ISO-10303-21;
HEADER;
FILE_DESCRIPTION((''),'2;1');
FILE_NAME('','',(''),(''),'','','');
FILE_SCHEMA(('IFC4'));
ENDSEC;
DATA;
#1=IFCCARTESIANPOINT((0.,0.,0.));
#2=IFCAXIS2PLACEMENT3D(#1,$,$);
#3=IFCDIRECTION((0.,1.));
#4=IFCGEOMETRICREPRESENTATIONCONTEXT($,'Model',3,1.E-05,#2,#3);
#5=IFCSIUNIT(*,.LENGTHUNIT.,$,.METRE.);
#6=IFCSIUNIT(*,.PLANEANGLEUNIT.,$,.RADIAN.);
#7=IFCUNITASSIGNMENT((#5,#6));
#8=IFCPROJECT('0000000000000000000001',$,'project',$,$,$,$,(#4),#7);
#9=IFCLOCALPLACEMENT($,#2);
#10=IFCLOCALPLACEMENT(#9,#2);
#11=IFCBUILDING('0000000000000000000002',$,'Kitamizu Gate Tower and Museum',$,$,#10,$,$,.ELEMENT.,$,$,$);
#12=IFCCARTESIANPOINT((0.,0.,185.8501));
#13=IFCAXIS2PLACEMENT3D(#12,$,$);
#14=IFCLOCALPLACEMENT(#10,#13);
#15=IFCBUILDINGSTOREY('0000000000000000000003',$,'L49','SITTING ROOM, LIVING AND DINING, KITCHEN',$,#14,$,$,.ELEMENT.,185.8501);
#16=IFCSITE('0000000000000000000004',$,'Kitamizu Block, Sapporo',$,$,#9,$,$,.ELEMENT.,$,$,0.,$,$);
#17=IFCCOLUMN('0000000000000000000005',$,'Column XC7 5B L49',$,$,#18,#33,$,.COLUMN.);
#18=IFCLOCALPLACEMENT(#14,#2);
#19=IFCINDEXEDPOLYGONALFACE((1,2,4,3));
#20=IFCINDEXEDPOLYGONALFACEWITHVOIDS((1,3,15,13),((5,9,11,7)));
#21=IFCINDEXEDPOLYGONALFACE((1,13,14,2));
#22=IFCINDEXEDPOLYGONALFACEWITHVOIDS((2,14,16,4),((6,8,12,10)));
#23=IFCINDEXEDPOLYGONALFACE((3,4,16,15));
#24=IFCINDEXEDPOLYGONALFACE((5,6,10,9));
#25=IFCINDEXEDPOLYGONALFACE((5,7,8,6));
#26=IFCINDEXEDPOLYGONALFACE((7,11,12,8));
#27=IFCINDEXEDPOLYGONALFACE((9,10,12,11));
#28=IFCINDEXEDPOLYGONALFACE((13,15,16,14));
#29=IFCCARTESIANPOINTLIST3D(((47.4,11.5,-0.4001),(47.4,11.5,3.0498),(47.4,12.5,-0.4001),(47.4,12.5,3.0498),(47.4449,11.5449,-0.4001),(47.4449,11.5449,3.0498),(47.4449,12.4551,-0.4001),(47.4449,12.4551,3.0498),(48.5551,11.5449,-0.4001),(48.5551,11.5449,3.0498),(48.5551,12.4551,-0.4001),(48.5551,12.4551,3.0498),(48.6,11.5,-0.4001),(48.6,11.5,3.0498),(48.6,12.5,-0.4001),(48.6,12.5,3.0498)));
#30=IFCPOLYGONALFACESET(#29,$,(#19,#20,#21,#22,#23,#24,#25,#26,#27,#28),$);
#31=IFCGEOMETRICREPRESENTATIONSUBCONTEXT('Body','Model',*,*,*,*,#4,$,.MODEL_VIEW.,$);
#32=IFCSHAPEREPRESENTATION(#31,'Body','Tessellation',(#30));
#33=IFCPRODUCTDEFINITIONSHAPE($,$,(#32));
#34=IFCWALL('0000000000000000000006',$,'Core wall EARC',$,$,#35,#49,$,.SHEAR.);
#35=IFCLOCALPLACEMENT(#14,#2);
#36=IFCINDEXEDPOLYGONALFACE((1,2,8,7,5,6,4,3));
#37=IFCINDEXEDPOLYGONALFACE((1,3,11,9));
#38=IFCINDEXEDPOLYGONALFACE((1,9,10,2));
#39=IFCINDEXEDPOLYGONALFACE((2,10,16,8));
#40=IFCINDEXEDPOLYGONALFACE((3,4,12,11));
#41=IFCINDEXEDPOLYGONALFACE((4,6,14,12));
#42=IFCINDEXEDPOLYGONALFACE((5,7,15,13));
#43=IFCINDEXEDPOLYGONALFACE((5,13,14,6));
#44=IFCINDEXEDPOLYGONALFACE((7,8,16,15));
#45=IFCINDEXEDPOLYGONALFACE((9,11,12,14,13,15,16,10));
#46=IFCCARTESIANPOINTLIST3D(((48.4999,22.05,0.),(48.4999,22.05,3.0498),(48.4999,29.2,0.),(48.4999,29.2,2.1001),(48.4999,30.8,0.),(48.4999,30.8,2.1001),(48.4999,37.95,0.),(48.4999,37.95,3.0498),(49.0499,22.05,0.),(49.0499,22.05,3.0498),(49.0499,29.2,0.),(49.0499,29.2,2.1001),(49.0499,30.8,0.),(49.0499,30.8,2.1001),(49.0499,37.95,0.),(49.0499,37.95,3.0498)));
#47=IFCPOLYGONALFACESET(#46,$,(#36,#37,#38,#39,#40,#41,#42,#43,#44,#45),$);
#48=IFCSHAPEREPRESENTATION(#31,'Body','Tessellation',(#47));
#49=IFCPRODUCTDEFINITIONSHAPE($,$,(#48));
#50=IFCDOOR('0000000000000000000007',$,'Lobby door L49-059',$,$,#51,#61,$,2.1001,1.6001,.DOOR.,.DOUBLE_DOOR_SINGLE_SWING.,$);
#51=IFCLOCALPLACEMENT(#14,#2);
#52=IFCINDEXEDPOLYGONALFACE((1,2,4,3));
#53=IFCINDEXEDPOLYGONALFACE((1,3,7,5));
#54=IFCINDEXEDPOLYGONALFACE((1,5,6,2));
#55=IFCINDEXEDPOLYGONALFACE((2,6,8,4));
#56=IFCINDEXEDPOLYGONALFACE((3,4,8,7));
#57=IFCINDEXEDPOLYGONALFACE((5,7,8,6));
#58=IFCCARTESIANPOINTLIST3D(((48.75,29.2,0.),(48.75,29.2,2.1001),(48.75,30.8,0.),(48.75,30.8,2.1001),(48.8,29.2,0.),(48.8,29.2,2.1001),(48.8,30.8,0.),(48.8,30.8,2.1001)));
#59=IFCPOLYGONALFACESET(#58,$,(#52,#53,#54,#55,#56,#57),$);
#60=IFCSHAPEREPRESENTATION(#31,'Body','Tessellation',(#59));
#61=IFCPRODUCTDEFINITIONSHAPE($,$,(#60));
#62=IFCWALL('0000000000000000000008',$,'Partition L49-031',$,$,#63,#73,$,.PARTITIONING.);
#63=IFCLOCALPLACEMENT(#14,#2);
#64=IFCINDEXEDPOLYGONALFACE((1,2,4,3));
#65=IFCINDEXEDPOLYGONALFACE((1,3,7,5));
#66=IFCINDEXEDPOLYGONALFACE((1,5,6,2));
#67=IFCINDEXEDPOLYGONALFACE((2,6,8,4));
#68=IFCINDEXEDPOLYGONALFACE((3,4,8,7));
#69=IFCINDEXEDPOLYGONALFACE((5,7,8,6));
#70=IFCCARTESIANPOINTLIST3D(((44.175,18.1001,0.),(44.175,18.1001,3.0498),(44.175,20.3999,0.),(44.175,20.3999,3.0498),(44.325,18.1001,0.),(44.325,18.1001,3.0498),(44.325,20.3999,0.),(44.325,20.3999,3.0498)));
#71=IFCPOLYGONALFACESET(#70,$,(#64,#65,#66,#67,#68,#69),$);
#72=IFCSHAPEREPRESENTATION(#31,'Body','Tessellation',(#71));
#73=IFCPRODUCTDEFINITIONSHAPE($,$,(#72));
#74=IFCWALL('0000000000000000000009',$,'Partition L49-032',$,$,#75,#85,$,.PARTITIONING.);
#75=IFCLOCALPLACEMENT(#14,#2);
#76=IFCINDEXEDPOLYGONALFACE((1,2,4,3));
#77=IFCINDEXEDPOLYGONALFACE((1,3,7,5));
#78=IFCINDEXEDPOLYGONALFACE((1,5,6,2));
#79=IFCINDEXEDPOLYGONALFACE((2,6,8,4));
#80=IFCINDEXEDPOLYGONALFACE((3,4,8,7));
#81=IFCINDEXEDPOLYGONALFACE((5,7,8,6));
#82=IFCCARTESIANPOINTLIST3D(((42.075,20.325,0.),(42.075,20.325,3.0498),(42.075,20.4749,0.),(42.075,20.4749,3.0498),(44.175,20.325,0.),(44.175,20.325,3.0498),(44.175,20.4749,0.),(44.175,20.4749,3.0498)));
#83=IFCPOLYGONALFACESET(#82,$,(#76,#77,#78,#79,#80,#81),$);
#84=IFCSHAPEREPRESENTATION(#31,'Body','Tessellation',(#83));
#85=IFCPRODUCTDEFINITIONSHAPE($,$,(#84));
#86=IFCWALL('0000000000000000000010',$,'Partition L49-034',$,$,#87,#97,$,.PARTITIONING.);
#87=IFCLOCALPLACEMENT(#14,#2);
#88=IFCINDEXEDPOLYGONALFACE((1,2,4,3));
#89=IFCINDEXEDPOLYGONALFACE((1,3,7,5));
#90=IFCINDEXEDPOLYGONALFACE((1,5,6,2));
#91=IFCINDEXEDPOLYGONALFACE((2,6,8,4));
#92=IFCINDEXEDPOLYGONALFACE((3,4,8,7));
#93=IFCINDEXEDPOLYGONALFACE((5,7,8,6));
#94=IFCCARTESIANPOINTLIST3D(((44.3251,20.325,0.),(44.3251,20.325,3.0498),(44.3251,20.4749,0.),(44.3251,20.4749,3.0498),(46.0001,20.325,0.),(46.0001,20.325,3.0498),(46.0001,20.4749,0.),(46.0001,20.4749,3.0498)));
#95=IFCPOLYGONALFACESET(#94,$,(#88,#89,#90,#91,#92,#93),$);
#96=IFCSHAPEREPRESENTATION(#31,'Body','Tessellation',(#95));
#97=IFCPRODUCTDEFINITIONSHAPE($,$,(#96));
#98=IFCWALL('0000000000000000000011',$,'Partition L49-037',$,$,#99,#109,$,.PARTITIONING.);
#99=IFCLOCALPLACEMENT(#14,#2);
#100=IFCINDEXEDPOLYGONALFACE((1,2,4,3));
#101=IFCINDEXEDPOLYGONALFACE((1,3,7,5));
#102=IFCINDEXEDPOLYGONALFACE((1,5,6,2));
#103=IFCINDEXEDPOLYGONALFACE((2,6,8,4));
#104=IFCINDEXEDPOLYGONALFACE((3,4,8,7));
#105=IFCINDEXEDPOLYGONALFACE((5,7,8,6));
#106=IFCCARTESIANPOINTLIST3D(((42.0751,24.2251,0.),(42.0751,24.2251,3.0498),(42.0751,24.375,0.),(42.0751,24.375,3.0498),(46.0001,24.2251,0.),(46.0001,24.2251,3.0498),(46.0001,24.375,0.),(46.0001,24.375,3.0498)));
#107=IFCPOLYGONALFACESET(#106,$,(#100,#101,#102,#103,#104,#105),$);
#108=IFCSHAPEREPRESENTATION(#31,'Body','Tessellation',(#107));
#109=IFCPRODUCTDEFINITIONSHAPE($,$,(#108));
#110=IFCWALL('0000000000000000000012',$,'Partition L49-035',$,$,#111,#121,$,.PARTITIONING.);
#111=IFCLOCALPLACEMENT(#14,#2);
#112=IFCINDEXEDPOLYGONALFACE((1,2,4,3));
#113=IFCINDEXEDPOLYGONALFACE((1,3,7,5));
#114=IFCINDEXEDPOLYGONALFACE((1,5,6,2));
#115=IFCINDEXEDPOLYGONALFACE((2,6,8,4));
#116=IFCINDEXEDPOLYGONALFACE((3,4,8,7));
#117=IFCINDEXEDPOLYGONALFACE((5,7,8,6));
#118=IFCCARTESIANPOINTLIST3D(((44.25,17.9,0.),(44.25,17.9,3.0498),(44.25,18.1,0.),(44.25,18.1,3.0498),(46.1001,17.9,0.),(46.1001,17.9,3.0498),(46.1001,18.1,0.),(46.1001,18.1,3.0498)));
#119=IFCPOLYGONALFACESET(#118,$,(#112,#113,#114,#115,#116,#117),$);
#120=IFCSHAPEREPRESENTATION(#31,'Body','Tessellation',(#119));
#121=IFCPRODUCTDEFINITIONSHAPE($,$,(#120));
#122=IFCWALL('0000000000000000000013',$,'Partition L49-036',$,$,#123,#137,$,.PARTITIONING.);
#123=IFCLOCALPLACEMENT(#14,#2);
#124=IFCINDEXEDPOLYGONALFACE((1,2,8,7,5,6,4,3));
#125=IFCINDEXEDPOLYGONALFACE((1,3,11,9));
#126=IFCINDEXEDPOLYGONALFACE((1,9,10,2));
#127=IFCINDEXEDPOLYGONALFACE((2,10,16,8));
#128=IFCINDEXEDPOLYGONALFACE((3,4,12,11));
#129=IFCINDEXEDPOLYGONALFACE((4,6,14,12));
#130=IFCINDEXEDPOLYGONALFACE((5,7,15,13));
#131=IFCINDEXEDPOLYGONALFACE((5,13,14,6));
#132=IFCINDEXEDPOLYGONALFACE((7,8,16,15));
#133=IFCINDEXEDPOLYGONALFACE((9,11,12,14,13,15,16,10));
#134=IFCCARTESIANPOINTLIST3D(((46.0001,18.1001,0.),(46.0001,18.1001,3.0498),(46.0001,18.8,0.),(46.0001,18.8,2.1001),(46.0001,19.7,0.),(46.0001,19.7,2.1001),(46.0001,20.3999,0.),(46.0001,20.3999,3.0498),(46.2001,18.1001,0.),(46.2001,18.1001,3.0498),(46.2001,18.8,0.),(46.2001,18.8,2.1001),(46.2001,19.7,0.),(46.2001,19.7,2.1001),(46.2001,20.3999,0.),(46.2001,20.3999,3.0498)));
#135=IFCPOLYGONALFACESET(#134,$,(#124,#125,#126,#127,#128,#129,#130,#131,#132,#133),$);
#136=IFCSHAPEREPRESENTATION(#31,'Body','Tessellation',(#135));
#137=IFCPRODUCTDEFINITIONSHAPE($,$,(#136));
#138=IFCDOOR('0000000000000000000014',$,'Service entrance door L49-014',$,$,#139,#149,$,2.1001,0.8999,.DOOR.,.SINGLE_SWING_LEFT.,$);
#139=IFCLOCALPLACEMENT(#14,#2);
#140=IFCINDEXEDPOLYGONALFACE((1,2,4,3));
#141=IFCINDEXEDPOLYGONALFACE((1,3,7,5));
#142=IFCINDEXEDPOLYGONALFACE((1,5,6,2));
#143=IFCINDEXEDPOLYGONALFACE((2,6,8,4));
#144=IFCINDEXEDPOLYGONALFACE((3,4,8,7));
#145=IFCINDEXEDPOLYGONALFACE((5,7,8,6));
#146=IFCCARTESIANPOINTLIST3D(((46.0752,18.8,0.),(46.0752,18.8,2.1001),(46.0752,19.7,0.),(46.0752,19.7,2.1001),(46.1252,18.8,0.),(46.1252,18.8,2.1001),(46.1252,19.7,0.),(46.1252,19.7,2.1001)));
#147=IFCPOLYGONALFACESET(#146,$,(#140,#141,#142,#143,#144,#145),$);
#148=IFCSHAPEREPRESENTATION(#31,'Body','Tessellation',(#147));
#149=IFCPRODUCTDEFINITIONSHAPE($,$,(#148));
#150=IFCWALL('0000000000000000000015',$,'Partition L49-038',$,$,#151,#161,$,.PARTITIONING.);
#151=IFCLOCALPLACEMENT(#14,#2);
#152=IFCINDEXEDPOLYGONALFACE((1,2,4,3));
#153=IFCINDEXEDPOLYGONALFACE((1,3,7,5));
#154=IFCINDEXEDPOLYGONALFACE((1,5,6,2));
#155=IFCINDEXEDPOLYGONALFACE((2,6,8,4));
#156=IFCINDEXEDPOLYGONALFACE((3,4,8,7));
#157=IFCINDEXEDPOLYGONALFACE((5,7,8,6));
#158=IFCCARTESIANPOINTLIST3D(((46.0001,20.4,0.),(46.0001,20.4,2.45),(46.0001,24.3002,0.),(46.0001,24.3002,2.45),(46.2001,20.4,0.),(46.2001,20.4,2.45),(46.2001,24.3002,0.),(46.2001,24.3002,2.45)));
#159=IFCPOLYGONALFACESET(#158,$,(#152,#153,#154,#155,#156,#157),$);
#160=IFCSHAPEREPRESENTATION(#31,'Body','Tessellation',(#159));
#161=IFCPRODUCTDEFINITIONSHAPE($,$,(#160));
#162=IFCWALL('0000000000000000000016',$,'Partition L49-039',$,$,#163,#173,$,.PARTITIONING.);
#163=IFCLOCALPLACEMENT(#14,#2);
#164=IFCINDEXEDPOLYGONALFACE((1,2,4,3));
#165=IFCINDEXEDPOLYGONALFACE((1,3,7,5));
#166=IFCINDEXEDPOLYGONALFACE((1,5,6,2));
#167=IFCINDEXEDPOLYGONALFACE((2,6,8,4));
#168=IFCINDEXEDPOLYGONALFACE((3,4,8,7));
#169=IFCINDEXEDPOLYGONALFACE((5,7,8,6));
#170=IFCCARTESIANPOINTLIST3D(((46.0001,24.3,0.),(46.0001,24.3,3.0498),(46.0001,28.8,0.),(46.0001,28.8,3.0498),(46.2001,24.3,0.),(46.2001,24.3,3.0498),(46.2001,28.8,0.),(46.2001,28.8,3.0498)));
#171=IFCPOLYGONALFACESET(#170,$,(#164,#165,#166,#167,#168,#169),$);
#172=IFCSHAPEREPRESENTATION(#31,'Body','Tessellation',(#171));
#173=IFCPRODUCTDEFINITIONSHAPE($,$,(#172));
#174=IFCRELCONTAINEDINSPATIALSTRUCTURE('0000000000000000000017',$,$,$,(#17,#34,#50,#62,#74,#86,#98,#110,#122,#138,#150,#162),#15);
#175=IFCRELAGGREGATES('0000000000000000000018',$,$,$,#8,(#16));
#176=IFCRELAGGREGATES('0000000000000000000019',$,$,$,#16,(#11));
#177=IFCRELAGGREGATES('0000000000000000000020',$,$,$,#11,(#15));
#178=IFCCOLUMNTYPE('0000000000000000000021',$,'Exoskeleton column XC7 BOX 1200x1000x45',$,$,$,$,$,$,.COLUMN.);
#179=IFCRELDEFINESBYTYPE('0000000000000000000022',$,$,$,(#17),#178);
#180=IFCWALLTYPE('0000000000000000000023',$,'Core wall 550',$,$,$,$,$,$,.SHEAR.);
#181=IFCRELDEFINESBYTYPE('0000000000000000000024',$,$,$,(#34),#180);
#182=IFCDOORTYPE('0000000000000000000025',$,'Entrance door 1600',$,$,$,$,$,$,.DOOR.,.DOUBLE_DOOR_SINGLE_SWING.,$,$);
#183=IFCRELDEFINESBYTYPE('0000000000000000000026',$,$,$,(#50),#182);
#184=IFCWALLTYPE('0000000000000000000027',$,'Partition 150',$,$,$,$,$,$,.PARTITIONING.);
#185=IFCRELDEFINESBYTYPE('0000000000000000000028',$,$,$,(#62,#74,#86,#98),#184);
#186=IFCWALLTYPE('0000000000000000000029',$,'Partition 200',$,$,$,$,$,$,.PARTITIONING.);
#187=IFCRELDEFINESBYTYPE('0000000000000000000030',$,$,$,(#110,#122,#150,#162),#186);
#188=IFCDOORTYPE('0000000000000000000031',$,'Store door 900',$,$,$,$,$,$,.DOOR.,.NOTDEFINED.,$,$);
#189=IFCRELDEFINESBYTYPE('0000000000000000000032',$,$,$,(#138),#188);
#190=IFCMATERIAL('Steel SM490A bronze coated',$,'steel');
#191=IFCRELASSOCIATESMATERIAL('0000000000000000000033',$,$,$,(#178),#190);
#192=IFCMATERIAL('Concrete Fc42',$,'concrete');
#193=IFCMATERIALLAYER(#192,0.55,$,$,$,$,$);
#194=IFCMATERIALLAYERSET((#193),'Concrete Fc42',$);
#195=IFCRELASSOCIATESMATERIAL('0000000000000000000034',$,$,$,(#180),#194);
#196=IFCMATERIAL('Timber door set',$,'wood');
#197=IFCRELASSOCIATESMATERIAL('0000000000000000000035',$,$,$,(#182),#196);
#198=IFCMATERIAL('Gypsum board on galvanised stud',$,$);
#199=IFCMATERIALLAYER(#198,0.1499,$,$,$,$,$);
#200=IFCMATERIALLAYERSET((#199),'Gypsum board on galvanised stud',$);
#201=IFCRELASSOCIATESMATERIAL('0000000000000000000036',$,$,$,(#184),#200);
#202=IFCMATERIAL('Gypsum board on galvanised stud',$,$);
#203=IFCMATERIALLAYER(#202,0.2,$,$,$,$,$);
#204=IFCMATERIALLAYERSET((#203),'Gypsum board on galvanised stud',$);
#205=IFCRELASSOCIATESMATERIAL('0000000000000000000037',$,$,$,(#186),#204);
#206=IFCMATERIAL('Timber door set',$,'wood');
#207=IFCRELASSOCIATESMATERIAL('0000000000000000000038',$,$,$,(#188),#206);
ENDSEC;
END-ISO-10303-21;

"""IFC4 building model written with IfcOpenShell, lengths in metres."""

from ifc_helpers import new_model, si_unit, direction, frame, frame_2d, origin, origin_2d, place, context, subcontext, project, spatial, rectangle, hollow_rectangle, extrude, material, layer, layer_set, material_profile, profile_set, type_object, element, fill, save


model = new_model("IFC4")

# Units and contexts
model_context = context("Model", 3, precision=1e-05, world=origin(), true_north=direction((0.0, 1.0)))
body_context = subcontext(model_context, "Body", "Model", "MODEL_VIEW")
ifc_project = project(units=[si_unit("LENGTHUNIT", "METRE"), si_unit("PLANEANGLEUNIT", "RADIAN")], contexts=[model_context])

# Site, building, storey
site_placement = place(None, origin())
site = spatial("IfcSite", under=ifc_project, at=site_placement, Name="Kitamizu Block, Sapporo", CompositionType="ELEMENT", RefElevation=0.0)
building_placement = place(site_placement, origin())
building = spatial("IfcBuilding", under=site, at=building_placement, Name="Kitamizu Gate Tower and Museum", CompositionType="ELEMENT")
storey_placement = place(building_placement, frame((0.0, 0.0, 185.8501)))
storey = spatial("IfcBuildingStorey", under=building, at=storey_placement, Name="L49", Description="SITTING ROOM, LIVING AND DINING, KITCHEN", CompositionType="ELEMENT", Elevation=185.8501)

# Column
ifc_material_1 = material(Name="Steel SM490A bronze coated", Category="steel")
ifc_material_profile = material_profile(ifc_material_1, hollow_rectangle(XDim=1.2, YDim=1.0, WallThickness=0.0449, at=origin_2d()), Name="BOX 1200x1000x45")
ifc_profile_set = profile_set([ifc_material_profile], Name="Steel SM490A bronze coated")
column_type = type_object("IfcColumnType", Name="Exoskeleton column XC7 BOX 1200x1000x45", PredefinedType="COLUMN", material=ifc_profile_set)
column_placement = place(storey_placement, frame((48.0, 12.0, -0.4001), z_axis=(0.0, 0.0, 1.0), x_axis=(1.0, 0.0, 0.0)))
element("IfcColumn", 1, at=column_placement, inside=storey, type_object=column_type, Name="Column XC7 5B L49", PredefinedType="COLUMN", context=body_context, shape_type="SweptSolid", body=[
    extrude(hollow_rectangle(XDim=1.2, YDim=1.0, WallThickness=0.0449, at=origin_2d()), origin(), (0.0, 0.0, 1.0), 3.45),
])

# Wall, opening, door
ifc_material_2 = material(Name="Concrete Fc42", Category="concrete")
ifc_layer_1 = layer(ifc_material_2, 0.55)
ifc_layer_set_1 = layer_set([ifc_layer_1], Name="Concrete Fc42")
wall_type_1 = type_object("IfcWallType", Name="Core wall 550", PredefinedType="SHEAR", material=ifc_layer_set_1)
wall_1_placement = place(storey_placement, frame((48.7749, 22.05, 0.0), z_axis=(0.0, 0.0, 1.0), x_axis=(0.0, 1.0, 0.0)))
wall_1 = element("IfcWall", 2, at=wall_1_placement, inside=storey, type_object=wall_type_1, Name="Core wall EARC", PredefinedType="SHEAR", context=body_context, shape_type="SweptSolid", body=[
    extrude(rectangle(XDim=15.8999, YDim=0.55, at=frame_2d((7.95, 0.0))), origin(), (0.0, 0.0, 1.0), 3.0498),
])
opening_1_placement = place(wall_1_placement, frame((7.1499, 0.0, 0.0)))
opening_1 = element("IfcOpeningElement", 3, at=opening_1_placement, cuts=wall_1, PredefinedType="OPENING", context=body_context, shape_type="SweptSolid", body=[
    extrude(rectangle(XDim=1.6001, YDim=2.1001, at=frame_2d((0.8, 1.05))), frame((0.0, 0.2852, 0.0), z_axis=(0.0, -1.0, 0.0), x_axis=(1.0, 0.0, 0.0)), (0.0, 0.0, 1.0), 0.5701),
])
ifc_material_3 = material(Name="Timber door set", Category="wood")
door_type_1 = type_object("IfcDoorType", Name="Entrance door 1600", OperationType="DOUBLE_DOOR_SINGLE_SWING", PredefinedType="DOOR", material=ifc_material_3)
door_1_placement = place(opening_1_placement, origin())
door_1 = element("IfcDoor", 4, at=door_1_placement, inside=storey, type_object=door_type_1, Name="Lobby door L49-059", OperationType="DOUBLE_DOOR_SINGLE_SWING", OverallHeight=2.1001, OverallWidth=1.6001, PredefinedType="DOOR", context=body_context, shape_type="SweptSolid", body=[
    extrude(rectangle(XDim=1.6001, YDim=2.1001, at=frame_2d((0.8, 1.05))), frame((0.0, 0.0249, 0.0), z_axis=(0.0, -1.0, 0.0), x_axis=(1.0, 0.0, 0.0)), (0.0, 0.0, 1.0), 0.05),
])
fill(opening_1, door_1)

# Walls
ifc_material_4 = material(Name="Gypsum board on galvanised stud")
ifc_layer_2 = layer(ifc_material_4, 0.1499)
ifc_layer_set_2 = layer_set([ifc_layer_2], Name="Gypsum board on galvanised stud")
wall_type_2 = type_object("IfcWallType", Name="Partition 150", PredefinedType="PARTITIONING", material=ifc_layer_set_2)
wall_2_placement = place(storey_placement, frame((44.25, 18.1001, 0.0), z_axis=(0.0, 0.0, 1.0), x_axis=(0.0, 1.0, 0.0)))
element("IfcWall", 5, at=wall_2_placement, inside=storey, type_object=wall_type_2, Name="Partition L49-031", PredefinedType="PARTITIONING", context=body_context, shape_type="SweptSolid", body=[
    extrude(rectangle(XDim=2.2998, YDim=0.1499, at=frame_2d((1.1499, 0.0))), origin(), (0.0, 0.0, 1.0), 3.0498),
])
wall_3_placement = place(storey_placement, frame((44.175, 20.3999, 0.0), z_axis=(0.0, 0.0, 1.0), x_axis=(-1.0, 0.0, 0.0)))
element("IfcWall", 6, at=wall_3_placement, inside=storey, type_object=wall_type_2, Name="Partition L49-032", PredefinedType="PARTITIONING", context=body_context, shape_type="SweptSolid", body=[
    extrude(rectangle(XDim=2.1001, YDim=0.1499, at=frame_2d((1.05, 0.0))), origin(), (0.0, 0.0, 1.0), 3.0498),
])
wall_4_placement = place(storey_placement, frame((46.0, 20.3999, 0.0), z_axis=(0.0, 0.0, 1.0), x_axis=(-1.0, 0.0, 0.0)))
element("IfcWall", 7, at=wall_4_placement, inside=storey, type_object=wall_type_2, Name="Partition L49-034", PredefinedType="PARTITIONING", context=body_context, shape_type="SweptSolid", body=[
    extrude(rectangle(XDim=1.675, YDim=0.1499, at=frame_2d((0.8374, 0.0))), origin(), (0.0, 0.0, 1.0), 3.0498),
])
wall_5_placement = place(storey_placement, frame((46.0, 24.3, 0.0), z_axis=(0.0, 0.0, 1.0), x_axis=(-1.0, 0.0, 0.0)))
element("IfcWall", 8, at=wall_5_placement, inside=storey, type_object=wall_type_2, Name="Partition L49-037", PredefinedType="PARTITIONING", context=body_context, shape_type="SweptSolid", body=[
    extrude(rectangle(XDim=3.925, YDim=0.1499, at=frame_2d((1.9624, 0.0))), origin(), (0.0, 0.0, 1.0), 3.0498),
])
ifc_material_5 = material(Name="Gypsum board on galvanised stud")
ifc_layer_3 = layer(ifc_material_5, 0.2)
ifc_layer_set_3 = layer_set([ifc_layer_3], Name="Gypsum board on galvanised stud")
wall_type_3 = type_object("IfcWallType", Name="Partition 200", PredefinedType="PARTITIONING", material=ifc_layer_set_3)
wall_6_placement = place(storey_placement, frame((44.25, 18.0, 0.0), z_axis=(0.0, 0.0, 1.0), x_axis=(1.0, 0.0, 0.0)))
element("IfcWall", 9, at=wall_6_placement, inside=storey, type_object=wall_type_3, Name="Partition L49-035", PredefinedType="PARTITIONING", context=body_context, shape_type="SweptSolid", body=[
    extrude(rectangle(XDim=1.8501, YDim=0.2, at=frame_2d((0.925, 0.0))), origin(), (0.0, 0.0, 1.0), 3.0498),
])

# Wall, opening, door
wall_7_placement = place(storey_placement, frame((46.1001, 18.1001, 0.0), z_axis=(0.0, 0.0, 1.0), x_axis=(0.0, 1.0, 0.0)))
wall_7 = element("IfcWall", 10, at=wall_7_placement, inside=storey, type_object=wall_type_3, Name="Partition L49-036", PredefinedType="PARTITIONING", context=body_context, shape_type="SweptSolid", body=[
    extrude(rectangle(XDim=2.2998, YDim=0.2, at=frame_2d((1.1499, 0.0))), origin(), (0.0, 0.0, 1.0), 3.0498),
])
opening_2_placement = place(wall_7_placement, frame((0.7, 0.0, 0.0)))
opening_2 = element("IfcOpeningElement", 11, at=opening_2_placement, cuts=wall_7, PredefinedType="OPENING", context=body_context, shape_type="SweptSolid", body=[
    extrude(rectangle(XDim=0.8999, YDim=2.1001, at=frame_2d((0.45, 1.05))), frame((0.0, 0.1099, 0.0), z_axis=(0.0, -1.0, 0.0), x_axis=(1.0, 0.0, 0.0)), (0.0, 0.0, 1.0), 0.22),
])
ifc_material_6 = material(Name="Timber door set", Category="wood")
door_type_2 = type_object("IfcDoorType", Name="Store door 900", OperationType="NOTDEFINED", PredefinedType="DOOR", material=ifc_material_6)
door_2_placement = place(opening_2_placement, origin())
door_2 = element("IfcDoor", 12, at=door_2_placement, inside=storey, type_object=door_type_2, Name="Service entrance door L49-014", OperationType="SINGLE_SWING_LEFT", OverallHeight=2.1001, OverallWidth=0.8999, PredefinedType="DOOR", context=body_context, shape_type="SweptSolid", body=[
    extrude(rectangle(XDim=0.8999, YDim=2.1001, at=frame_2d((0.45, 1.05))), frame((0.0, 0.0249, 0.0), z_axis=(0.0, -1.0, 0.0), x_axis=(1.0, 0.0, 0.0)), (0.0, 0.0, 1.0), 0.05),
])
fill(opening_2, door_2)

# Walls
wall_8_placement = place(storey_placement, frame((46.1001, 20.3999, 0.0), z_axis=(0.0, 0.0, 1.0), x_axis=(0.0, 1.0, 0.0)))
element("IfcWall", 13, at=wall_8_placement, inside=storey, type_object=wall_type_3, Name="Partition L49-038", PredefinedType="PARTITIONING", context=body_context, shape_type="SweptSolid", body=[
    extrude(rectangle(XDim=3.9001, YDim=0.2, at=frame_2d((1.9502, 0.0))), origin(), (0.0, 0.0, 1.0), 2.45),
])
wall_9_placement = place(storey_placement, frame((46.1001, 24.3, 0.0), z_axis=(0.0, 0.0, 1.0), x_axis=(0.0, 1.0, 0.0)))
element("IfcWall", 14, at=wall_9_placement, inside=storey, type_object=wall_type_3, Name="Partition L49-039", PredefinedType="PARTITIONING", context=body_context, shape_type="SweptSolid", body=[
    extrude(rectangle(XDim=4.5, YDim=0.2, at=frame_2d((2.25, 0.0))), origin(), (0.0, 0.0, 1.0), 3.0498),
])

save(model, "model.ifc")
